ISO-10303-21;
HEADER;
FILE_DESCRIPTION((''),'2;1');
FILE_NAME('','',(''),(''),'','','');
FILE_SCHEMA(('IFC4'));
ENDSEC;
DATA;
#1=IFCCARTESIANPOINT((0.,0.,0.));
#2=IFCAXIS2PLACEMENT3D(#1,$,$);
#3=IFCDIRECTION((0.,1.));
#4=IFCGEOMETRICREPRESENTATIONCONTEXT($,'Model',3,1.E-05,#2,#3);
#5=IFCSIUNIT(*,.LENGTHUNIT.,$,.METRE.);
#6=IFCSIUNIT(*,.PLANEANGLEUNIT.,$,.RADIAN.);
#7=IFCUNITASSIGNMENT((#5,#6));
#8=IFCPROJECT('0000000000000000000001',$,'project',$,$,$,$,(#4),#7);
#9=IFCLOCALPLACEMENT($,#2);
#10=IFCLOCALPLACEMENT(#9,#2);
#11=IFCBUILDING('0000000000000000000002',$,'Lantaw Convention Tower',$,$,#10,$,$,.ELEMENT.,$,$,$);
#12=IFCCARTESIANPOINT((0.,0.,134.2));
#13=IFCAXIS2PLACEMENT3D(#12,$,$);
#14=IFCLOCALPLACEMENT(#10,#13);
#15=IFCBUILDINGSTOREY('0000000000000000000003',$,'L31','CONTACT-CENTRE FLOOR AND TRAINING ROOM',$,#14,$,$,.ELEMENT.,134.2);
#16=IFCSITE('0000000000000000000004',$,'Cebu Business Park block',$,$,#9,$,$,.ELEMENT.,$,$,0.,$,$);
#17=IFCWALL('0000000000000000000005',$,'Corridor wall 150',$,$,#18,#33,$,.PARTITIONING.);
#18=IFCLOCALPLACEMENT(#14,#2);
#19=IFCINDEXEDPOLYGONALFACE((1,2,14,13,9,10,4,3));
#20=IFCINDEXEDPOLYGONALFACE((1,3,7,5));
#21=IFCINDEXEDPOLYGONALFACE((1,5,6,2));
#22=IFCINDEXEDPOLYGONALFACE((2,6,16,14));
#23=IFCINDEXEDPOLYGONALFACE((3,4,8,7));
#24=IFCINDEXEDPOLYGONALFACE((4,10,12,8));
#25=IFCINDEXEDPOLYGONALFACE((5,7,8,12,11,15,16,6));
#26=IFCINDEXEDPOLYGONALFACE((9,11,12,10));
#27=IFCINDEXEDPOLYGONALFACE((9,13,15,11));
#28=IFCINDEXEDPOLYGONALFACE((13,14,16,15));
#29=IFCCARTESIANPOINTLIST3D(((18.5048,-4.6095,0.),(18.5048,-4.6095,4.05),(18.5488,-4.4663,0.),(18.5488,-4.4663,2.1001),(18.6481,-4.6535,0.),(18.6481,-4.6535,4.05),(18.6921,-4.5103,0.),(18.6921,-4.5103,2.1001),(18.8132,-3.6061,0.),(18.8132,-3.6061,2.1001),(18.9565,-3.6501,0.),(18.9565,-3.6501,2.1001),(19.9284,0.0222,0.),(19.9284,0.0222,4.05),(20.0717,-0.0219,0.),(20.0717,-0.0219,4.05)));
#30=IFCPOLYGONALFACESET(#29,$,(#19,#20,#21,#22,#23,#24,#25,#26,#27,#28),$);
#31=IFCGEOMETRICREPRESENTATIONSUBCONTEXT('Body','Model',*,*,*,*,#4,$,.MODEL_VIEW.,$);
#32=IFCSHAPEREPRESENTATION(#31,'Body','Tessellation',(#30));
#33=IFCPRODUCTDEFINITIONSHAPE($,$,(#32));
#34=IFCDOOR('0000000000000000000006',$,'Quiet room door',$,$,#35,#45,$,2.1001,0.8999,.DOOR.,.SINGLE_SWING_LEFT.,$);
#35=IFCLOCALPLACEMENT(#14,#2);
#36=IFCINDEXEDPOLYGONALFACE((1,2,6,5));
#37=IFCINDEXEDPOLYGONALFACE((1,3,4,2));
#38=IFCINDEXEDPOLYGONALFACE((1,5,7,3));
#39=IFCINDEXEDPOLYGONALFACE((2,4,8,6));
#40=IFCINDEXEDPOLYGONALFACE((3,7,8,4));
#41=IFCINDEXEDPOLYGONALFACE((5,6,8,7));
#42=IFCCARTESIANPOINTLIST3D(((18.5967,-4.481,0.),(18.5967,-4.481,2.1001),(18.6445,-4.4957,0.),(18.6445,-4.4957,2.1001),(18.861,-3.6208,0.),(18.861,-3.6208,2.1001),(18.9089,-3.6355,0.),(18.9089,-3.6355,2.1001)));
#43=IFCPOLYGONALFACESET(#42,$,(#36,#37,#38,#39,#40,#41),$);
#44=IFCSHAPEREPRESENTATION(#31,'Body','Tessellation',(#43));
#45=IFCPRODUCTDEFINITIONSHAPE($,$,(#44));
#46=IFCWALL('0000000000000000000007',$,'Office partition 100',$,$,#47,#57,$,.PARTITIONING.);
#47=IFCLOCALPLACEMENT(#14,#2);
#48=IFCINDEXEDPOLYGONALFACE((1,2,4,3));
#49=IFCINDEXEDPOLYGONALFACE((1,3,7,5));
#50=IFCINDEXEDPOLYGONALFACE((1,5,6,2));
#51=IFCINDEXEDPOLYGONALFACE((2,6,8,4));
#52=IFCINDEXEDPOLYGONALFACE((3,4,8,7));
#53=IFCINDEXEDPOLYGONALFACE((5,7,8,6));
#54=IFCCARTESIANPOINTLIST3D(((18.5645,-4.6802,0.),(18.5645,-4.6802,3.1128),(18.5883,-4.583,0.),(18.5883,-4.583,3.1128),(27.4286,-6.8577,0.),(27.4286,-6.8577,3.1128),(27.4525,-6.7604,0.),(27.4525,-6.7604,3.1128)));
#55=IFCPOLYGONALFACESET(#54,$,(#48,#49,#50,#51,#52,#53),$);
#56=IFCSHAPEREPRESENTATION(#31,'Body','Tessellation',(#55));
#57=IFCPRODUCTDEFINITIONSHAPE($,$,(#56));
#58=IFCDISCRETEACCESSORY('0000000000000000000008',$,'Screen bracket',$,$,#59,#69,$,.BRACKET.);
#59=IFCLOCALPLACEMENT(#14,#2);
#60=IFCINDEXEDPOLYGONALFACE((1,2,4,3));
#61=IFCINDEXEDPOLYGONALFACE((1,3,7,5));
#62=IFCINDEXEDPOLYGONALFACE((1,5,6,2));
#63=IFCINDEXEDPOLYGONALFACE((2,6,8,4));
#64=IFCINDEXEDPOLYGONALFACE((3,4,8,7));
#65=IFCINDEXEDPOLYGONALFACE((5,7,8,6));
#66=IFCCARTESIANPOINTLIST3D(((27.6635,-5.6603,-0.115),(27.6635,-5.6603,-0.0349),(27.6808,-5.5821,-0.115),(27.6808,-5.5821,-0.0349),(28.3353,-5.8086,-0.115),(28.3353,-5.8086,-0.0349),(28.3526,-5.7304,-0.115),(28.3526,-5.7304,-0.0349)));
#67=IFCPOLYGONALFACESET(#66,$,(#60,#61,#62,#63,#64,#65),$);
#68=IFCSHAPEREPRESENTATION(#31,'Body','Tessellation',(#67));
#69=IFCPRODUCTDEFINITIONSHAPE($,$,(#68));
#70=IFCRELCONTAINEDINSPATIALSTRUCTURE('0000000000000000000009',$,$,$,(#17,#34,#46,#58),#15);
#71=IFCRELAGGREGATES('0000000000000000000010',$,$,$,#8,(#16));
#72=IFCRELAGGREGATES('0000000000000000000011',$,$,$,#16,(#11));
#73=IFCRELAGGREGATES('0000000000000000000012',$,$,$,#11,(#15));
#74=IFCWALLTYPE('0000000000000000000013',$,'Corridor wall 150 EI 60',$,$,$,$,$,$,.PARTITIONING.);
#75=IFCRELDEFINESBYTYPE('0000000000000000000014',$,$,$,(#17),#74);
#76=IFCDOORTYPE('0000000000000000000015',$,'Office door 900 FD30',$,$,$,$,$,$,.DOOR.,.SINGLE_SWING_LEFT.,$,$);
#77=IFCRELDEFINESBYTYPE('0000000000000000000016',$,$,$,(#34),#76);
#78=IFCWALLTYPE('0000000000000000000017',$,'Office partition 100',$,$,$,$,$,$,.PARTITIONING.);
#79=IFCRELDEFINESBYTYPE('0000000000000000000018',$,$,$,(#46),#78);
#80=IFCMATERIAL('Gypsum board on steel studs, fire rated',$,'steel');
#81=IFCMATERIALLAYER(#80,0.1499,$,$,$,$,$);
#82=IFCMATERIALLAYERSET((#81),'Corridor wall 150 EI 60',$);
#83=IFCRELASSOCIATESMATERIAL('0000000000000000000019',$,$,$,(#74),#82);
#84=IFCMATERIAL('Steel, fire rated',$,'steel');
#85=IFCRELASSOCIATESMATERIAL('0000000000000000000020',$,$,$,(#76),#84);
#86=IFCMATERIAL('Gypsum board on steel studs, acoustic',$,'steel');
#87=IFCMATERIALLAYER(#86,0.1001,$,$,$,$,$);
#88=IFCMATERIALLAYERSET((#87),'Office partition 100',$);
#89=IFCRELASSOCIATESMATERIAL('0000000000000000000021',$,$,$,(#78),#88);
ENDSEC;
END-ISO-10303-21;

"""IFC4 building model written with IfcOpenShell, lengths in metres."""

from ifc_helpers import new_model, si_unit, direction, frame, frame_2d, origin, origin_2d, place, context, subcontext, project, spatial, rectangle, extrude, material, layer, layer_set, type_object, element, fill, save


model = new_model("IFC4")

# Units and contexts
model_context = context("Model", 3, precision=1e-05, world=origin(), true_north=direction((0.0, 1.0)))
body_context = subcontext(model_context, "Body", "Model", "MODEL_VIEW")
ifc_project = project(units=[si_unit("LENGTHUNIT", "METRE"), si_unit("PLANEANGLEUNIT", "RADIAN")], contexts=[model_context])

# Site, building, storey
site_placement = place(None, origin())
site = spatial("IfcSite", under=ifc_project, at=site_placement, Name="Cebu Business Park block", CompositionType="ELEMENT", RefElevation=0.0)
building_placement = place(site_placement, origin())
building = spatial("IfcBuilding", under=site, at=building_placement, Name="Lantaw Convention Tower", CompositionType="ELEMENT")
storey_placement = place(building_placement, frame((0.0, 0.0, 134.2)))
storey = spatial("IfcBuildingStorey", under=building, at=storey_placement, Name="L31", Description="CONTACT-CENTRE FLOOR AND TRAINING ROOM", CompositionType="ELEMENT", Elevation=134.2)

# Wall, opening, door
ifc_material_1 = material(Name="Gypsum board on steel studs, fire rated", Category="steel")
ifc_layer_1 = layer(ifc_material_1, 0.1499)
ifc_layer_set_1 = layer_set([ifc_layer_1], Name="Corridor wall 150 EI 60")
wall_type_1 = type_object("IfcWallType", Name="Corridor wall 150 EI 60", PredefinedType="PARTITIONING", material=ifc_layer_set_1)
ifc_material_2 = material(Name="Steel, fire rated", Category="steel")
door_type = type_object("IfcDoorType", Name="Office door 900 FD30", OperationType="SINGLE_SWING_LEFT", PredefinedType="DOOR", material=ifc_material_2)
wall_1_placement = place(storey_placement, frame((18.5764, -4.6316, 0.0), z_axis=(0.0, 0.0, 1.0), x_axis=(0.293799, 0.955867, 0.0)))
wall_1 = element("IfcWall", 1, at=wall_1_placement, inside=storey, type_object=wall_type_1, Name="Corridor wall 150", PredefinedType="PARTITIONING", context=body_context, shape_type="SweptSolid", body=[
    extrude(rectangle(XDim=4.8455, YDim=0.1499, at=frame_2d((2.4229, 0.0))), origin(), (0.0, 0.0, 1.0), 4.05),
])
opening_1_placement = place(wall_1_placement, frame((0.1499, 0.0, 0.0)))
opening_1 = element("IfcOpeningElement", 2, at=opening_1_placement, cuts=wall_1, PredefinedType="OPENING", context=body_context, shape_type="SweptSolid", body=[
    extrude(rectangle(XDim=0.8999, YDim=2.1001, at=frame_2d((0.45, 1.05))), frame((0.0, 0.085, 0.0), z_axis=(0.0, -1.0, 0.0), x_axis=(1.0, 0.0, 0.0)), (0.0, 0.0, 1.0), 0.1699),
])
door_1_placement = place(opening_1_placement, origin())
door_1 = element("IfcDoor", 3, at=door_1_placement, inside=storey, type_object=door_type, Name="Quiet room door", OperationType="SINGLE_SWING_LEFT", OverallHeight=2.1001, OverallWidth=0.8999, PredefinedType="DOOR", context=body_context, shape_type="SweptSolid", body=[
    extrude(rectangle(XDim=0.8999, YDim=2.1001, at=frame_2d((0.45, 1.05))), frame((0.0, 0.0249, 0.0), z_axis=(0.0, -1.0, 0.0), x_axis=(1.0, 0.0, 0.0)), (0.0, 0.0, 1.0), 0.05),
])
fill(opening_1, door_1)

# Wall
ifc_material_3 = material(Name="Gypsum board on steel studs, acoustic", Category="steel")
ifc_layer_2 = layer(ifc_material_3, 0.1001)
ifc_layer_set_2 = layer_set([ifc_layer_2], Name="Office partition 100")
wall_type_2 = type_object("IfcWallType", Name="Office partition 100", PredefinedType="PARTITIONING", material=ifc_layer_set_2)
wall_2_placement = place(storey_placement, frame((27.4407, -6.8091, 0.0), z_axis=(0.0, 0.0, 1.0), x_axis=(-0.971129, 0.238556, 0.0)))
element("IfcWall", 4, at=wall_2_placement, inside=storey, type_object=wall_type_2, Name="Office partition 100", PredefinedType="PARTITIONING", context=body_context, shape_type="SweptSolid", body=[
    extrude(rectangle(XDim=9.1277, YDim=0.1001, at=frame_2d((4.564, 0.0))), origin(), (0.0, 0.0, 1.0), 3.1128),
])

# Discrete accessory
discrete_accessory_placement = place(storey_placement, frame((28.0081, -5.6953, -0.115), z_axis=(0.0, 0.0, 1.0), x_axis=(0.215546, 0.976494, 0.0)))
element("IfcDiscreteAccessory", 5, at=discrete_accessory_placement, inside=storey, Name="Screen bracket", PredefinedType="BRACKET", context=body_context, shape_type="SweptSolid", body=[
    extrude(rectangle(XDim=0.0801, YDim=0.688, at=origin_2d()), origin(), (0.0, 0.0, 1.0), 0.0801),
])

save(model, "model.ifc")
